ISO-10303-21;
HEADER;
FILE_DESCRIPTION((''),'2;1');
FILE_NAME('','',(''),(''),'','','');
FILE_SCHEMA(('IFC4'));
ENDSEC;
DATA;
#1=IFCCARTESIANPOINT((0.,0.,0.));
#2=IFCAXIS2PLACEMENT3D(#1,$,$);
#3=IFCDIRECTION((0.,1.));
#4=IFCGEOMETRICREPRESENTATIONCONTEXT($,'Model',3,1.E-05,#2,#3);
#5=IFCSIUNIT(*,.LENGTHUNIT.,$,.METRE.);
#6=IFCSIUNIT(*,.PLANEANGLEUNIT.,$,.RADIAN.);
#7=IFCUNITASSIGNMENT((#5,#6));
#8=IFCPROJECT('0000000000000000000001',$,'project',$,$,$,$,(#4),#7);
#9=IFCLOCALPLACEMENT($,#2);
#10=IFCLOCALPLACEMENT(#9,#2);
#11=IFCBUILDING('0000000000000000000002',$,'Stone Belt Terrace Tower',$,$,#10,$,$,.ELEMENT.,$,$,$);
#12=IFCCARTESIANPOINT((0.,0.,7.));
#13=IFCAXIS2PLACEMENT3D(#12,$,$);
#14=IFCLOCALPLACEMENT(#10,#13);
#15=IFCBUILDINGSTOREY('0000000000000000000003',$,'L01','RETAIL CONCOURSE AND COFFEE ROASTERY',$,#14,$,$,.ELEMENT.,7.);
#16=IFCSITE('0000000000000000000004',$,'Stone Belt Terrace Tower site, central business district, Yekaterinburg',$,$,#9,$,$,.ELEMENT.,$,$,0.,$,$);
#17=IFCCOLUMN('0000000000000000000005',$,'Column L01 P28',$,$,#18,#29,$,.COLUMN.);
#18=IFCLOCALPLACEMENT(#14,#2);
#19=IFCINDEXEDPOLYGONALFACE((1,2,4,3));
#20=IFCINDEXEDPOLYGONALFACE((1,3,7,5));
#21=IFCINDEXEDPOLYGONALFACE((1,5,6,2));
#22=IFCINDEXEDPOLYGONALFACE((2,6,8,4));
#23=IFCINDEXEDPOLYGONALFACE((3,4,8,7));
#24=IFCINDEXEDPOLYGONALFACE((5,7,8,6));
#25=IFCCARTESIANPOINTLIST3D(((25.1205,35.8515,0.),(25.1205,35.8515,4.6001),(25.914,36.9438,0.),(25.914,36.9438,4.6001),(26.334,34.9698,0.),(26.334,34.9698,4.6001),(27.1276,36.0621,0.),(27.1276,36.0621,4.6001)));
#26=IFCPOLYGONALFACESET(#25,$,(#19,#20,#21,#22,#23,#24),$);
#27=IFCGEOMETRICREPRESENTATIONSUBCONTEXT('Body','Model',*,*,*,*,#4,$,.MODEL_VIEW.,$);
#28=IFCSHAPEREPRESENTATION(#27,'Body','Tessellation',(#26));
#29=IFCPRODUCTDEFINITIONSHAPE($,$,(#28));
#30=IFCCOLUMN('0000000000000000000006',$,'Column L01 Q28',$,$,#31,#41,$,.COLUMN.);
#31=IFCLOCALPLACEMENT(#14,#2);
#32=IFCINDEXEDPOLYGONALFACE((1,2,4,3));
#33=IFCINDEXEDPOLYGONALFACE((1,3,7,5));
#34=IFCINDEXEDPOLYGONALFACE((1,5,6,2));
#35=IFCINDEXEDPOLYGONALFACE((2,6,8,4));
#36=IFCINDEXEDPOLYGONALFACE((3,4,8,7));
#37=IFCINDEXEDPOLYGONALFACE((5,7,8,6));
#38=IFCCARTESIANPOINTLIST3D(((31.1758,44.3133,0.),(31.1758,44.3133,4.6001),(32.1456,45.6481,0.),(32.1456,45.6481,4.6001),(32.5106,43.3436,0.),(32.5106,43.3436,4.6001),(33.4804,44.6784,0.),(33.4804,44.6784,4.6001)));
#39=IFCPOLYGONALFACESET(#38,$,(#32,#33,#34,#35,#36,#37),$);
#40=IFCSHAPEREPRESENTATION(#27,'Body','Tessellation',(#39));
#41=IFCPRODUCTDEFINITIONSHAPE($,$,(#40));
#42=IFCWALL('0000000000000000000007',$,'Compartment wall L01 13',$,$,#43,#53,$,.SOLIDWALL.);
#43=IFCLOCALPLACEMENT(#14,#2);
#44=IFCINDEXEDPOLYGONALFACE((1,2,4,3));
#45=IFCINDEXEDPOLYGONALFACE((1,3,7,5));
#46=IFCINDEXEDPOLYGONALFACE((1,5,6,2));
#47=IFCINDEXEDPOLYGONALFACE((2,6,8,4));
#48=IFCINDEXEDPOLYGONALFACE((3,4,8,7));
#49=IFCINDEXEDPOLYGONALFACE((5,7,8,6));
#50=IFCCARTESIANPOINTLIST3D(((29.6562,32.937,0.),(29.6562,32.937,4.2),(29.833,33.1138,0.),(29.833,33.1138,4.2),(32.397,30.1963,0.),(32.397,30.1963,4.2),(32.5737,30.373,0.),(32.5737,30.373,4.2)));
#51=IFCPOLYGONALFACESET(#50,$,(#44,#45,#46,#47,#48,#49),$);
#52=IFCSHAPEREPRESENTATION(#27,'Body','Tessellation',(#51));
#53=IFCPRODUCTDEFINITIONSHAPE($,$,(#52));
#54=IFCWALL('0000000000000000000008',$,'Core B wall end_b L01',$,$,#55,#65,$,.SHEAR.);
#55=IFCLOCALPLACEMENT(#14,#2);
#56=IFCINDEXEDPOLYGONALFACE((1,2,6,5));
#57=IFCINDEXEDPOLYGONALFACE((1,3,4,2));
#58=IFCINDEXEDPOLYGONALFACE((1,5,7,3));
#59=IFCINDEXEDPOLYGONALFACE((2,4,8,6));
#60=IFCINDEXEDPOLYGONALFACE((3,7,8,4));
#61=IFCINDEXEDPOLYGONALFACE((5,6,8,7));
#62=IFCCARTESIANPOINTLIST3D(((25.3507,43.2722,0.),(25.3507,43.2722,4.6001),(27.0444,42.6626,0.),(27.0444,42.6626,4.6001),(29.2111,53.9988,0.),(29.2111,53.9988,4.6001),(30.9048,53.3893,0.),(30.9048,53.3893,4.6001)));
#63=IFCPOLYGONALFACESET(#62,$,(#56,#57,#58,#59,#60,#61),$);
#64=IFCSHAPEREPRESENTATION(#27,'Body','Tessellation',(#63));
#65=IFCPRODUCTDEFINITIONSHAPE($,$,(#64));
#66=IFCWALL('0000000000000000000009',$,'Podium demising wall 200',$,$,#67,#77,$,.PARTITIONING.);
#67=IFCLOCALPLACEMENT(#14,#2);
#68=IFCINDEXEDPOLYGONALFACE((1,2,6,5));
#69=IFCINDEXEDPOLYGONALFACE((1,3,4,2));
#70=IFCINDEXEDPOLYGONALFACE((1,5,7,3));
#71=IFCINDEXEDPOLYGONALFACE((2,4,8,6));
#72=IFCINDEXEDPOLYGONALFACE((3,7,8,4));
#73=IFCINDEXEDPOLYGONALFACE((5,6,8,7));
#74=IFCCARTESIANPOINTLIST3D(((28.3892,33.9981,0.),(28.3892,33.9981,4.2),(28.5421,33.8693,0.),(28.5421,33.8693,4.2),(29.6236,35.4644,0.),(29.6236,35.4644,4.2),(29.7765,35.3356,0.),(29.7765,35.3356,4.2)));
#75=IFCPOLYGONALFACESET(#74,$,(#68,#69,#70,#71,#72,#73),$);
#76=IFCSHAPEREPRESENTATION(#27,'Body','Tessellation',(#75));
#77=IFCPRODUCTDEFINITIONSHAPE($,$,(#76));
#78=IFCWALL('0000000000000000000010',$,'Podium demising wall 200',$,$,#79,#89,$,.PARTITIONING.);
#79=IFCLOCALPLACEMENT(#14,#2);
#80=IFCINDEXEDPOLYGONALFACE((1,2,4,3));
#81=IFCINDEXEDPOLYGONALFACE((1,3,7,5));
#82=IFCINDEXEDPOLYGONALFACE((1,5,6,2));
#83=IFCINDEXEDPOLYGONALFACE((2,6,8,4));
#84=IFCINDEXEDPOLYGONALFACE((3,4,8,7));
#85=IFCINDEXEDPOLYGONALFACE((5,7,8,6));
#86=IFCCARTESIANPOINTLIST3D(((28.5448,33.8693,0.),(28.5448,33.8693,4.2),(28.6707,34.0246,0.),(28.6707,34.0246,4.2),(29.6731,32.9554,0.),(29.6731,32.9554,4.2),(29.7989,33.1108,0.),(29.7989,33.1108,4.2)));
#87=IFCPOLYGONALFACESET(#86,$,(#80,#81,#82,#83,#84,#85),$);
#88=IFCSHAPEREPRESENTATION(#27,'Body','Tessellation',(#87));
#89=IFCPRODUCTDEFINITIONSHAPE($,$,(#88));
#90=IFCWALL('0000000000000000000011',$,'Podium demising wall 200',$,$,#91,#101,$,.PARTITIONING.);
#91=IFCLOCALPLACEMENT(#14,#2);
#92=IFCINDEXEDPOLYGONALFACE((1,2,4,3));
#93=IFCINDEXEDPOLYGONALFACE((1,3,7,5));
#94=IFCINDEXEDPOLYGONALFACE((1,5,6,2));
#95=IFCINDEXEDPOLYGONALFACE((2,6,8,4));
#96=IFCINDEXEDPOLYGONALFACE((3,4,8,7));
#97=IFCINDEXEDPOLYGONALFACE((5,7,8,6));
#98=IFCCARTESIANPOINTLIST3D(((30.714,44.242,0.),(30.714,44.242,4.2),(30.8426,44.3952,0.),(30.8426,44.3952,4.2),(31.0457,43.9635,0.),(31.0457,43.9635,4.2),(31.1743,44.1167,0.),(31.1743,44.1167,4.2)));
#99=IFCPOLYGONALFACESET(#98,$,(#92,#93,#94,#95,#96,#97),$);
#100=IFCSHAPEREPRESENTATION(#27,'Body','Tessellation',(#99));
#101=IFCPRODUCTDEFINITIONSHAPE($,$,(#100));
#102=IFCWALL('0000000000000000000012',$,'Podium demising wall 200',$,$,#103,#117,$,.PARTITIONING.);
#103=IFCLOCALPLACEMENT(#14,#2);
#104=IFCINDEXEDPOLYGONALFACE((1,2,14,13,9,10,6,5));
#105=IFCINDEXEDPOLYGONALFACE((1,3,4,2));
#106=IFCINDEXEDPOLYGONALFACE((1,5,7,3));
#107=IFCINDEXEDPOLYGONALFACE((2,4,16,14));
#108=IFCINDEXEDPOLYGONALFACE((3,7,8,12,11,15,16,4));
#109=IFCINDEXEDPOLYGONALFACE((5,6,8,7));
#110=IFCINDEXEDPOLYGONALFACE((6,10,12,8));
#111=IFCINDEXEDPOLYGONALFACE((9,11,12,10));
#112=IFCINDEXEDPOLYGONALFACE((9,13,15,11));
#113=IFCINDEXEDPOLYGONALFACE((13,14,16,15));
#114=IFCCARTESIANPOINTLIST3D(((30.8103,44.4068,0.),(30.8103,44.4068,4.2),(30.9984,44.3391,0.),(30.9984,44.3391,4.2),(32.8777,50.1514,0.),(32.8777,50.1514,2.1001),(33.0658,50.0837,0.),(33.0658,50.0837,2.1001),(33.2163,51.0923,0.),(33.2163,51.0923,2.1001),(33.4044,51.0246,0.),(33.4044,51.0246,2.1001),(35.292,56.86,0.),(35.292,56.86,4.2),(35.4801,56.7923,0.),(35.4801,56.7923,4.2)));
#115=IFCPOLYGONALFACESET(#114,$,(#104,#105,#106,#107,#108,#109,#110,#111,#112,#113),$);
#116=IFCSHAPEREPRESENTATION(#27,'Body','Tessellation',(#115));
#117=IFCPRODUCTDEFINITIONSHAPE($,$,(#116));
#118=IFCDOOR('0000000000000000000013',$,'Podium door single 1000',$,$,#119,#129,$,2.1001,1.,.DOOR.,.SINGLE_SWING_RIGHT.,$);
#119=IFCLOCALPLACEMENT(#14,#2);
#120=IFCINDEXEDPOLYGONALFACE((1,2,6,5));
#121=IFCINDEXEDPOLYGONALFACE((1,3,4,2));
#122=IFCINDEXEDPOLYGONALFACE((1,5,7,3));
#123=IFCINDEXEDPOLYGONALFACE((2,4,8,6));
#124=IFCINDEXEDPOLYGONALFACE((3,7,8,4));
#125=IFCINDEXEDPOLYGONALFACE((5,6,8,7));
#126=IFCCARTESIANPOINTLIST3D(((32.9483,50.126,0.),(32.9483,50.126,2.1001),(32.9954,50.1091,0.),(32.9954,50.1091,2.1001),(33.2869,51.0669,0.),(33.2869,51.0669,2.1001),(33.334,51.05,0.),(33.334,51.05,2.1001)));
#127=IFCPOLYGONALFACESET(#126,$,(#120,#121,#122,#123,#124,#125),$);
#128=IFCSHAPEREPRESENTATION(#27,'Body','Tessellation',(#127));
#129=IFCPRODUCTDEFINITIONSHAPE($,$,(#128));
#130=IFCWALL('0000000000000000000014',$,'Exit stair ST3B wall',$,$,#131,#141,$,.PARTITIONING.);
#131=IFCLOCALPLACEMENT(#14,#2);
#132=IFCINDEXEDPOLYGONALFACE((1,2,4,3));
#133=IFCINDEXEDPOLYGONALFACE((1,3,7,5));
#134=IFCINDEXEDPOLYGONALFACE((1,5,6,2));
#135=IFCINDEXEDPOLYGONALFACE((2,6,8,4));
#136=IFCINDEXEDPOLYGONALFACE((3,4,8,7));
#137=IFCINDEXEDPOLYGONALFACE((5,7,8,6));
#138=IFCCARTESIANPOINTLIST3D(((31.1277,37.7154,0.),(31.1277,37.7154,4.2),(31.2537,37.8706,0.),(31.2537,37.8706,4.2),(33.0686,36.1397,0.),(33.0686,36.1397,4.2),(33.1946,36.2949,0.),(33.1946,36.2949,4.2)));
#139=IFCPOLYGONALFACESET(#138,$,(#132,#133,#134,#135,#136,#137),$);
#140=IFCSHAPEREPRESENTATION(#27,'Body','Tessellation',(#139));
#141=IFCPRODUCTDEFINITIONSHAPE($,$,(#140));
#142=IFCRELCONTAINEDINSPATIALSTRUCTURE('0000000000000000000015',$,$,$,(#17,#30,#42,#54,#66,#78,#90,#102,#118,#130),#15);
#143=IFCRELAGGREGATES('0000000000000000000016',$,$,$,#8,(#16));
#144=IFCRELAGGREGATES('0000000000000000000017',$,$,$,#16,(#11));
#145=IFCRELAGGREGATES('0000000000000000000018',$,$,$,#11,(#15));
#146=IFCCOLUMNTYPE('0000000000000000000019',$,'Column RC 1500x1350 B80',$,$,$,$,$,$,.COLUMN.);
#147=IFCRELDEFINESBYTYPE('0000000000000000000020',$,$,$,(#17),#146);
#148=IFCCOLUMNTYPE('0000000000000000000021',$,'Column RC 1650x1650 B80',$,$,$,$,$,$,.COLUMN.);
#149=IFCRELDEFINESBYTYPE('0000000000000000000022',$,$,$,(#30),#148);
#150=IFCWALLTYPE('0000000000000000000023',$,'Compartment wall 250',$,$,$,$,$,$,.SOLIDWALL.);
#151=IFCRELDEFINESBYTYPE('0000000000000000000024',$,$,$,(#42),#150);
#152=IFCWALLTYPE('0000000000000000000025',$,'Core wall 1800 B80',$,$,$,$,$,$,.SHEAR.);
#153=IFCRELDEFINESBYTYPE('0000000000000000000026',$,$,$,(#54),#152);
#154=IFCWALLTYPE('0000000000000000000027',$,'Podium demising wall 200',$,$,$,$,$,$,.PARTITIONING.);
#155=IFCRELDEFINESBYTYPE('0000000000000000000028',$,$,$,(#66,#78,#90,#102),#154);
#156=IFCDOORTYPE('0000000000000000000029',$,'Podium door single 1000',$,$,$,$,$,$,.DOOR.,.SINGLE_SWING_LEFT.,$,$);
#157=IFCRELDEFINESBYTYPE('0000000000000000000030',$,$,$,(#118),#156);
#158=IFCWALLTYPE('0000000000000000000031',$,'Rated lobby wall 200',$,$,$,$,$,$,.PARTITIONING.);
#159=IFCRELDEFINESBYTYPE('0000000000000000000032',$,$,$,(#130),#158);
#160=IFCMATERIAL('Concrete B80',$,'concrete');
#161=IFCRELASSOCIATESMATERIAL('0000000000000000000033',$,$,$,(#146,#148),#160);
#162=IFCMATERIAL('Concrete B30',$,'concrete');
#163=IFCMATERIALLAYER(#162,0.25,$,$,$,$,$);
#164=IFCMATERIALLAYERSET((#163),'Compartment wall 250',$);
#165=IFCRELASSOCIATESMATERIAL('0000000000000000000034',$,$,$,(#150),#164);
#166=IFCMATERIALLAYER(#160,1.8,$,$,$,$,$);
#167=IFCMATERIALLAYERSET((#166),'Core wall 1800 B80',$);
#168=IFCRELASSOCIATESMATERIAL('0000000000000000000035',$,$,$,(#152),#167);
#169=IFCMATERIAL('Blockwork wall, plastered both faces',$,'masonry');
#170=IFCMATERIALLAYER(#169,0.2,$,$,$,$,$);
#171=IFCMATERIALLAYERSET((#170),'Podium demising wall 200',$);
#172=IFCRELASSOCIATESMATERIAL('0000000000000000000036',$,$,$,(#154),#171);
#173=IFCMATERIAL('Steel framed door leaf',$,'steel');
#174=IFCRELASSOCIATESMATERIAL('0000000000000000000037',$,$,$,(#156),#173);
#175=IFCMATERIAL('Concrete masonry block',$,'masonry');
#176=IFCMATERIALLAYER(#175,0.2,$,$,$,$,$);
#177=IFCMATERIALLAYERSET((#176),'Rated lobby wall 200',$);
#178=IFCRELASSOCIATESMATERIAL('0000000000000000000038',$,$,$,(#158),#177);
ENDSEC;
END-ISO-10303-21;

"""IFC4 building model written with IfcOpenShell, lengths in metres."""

from ifc_helpers import new_model, si_unit, direction, frame, frame_2d, origin, origin_2d, place, context, subcontext, project, spatial, rectangle, extrude, material, layer, layer_set, material_profile, profile_set, type_object, element, fill, save


model = new_model("IFC4")

# Units and contexts
model_context = context("Model", 3, precision=1e-05, world=origin(), true_north=direction((0.0, 1.0)))
body_context = subcontext(model_context, "Body", "Model", "MODEL_VIEW")
ifc_project = project(units=[si_unit("LENGTHUNIT", "METRE"), si_unit("PLANEANGLEUNIT", "RADIAN")], contexts=[model_context])

# Site, building, storey
site_placement = place(None, origin())
site = spatial("IfcSite", under=ifc_project, at=site_placement, Name="Stone Belt Terrace Tower site, central business district, Yekaterinburg", CompositionType="ELEMENT", RefElevation=0.0)
building_placement = place(site_placement, origin())
building = spatial("IfcBuilding", under=site, at=building_placement, Name="Stone Belt Terrace Tower", CompositionType="ELEMENT")
storey_placement = place(building_placement, frame((0.0, 0.0, 7.0)))
storey = spatial("IfcBuildingStorey", under=building, at=storey_placement, Name="L01", Description="RETAIL CONCOURSE AND COFFEE ROASTERY", CompositionType="ELEMENT", Elevation=7.0)

# Columns
ifc_material_1 = material(Name="Concrete B80", Category="concrete")
ifc_material_profile_1 = material_profile(ifc_material_1, rectangle(XDim=1.5, YDim=1.3501, at=origin_2d()), Name="RC 1500x1350")
ifc_profile_set_1 = profile_set([ifc_material_profile_1], Name="Concrete B80")
column_type_1 = type_object("IfcColumnType", Name="Column RC 1500x1350 B80", PredefinedType="COLUMN", material=ifc_profile_set_1)
column_1_placement = place(storey_placement, frame((26.124, 35.9568, 0.0), z_axis=(0.0, 0.0, 1.0), x_axis=(0.809017, -0.587785, 0.0)))
element("IfcColumn", 1, at=column_1_placement, inside=storey, type_object=column_type_1, Name="Column L01 P28", PredefinedType="COLUMN", context=body_context, shape_type="SweptSolid", body=[
    extrude(rectangle(XDim=1.5, YDim=1.3501, at=origin_2d()), origin(), (0.0, 0.0, 1.0), 4.6001),
])
ifc_material_profile_2 = material_profile(ifc_material_1, rectangle(XDim=1.6499, YDim=1.6499, at=origin_2d()), Name="RC 1650x1650")
ifc_profile_set_2 = profile_set([ifc_material_profile_2], Name="Concrete B80")
column_type_2 = type_object("IfcColumnType", Name="Column RC 1650x1650 B80", PredefinedType="COLUMN", material=ifc_profile_set_2)
column_2_placement = place(storey_placement, frame((32.3281, 44.4958, 0.0), z_axis=(0.0, 0.0, 1.0), x_axis=(0.809017, -0.587785, 0.0)))
element("IfcColumn", 2, at=column_2_placement, inside=storey, type_object=column_type_2, Name="Column L01 Q28", PredefinedType="COLUMN", context=body_context, shape_type="SweptSolid", body=[
    extrude(rectangle(XDim=1.6499, YDim=1.6499, at=origin_2d()), origin(), (0.0, 0.0, 1.0), 4.6001),
])

# Walls
ifc_material_2 = material(Name="Concrete B30", Category="concrete")
ifc_layer_1 = layer(ifc_material_2, 0.25)
ifc_layer_set_1 = layer_set([ifc_layer_1], Name="Compartment wall 250")
wall_type_1 = type_object("IfcWallType", Name="Compartment wall 250", PredefinedType="SOLIDWALL", material=ifc_layer_set_1)
wall_1_placement = place(storey_placement, frame((29.7446, 33.0254, 0.0), z_axis=(0.0, 0.0, 1.0), x_axis=(0.707107, -0.707107, 0.0)))
element("IfcWall", 3, at=wall_1_placement, inside=storey, type_object=wall_type_1, Name="Compartment wall L01 13", PredefinedType="SOLIDWALL", context=body_context, shape_type="SweptSolid", body=[
    extrude(rectangle(XDim=3.876, YDim=0.25, at=frame_2d((1.938, 0.0))), origin(), (0.0, 0.0, 1.0), 4.2),
])
ifc_layer_2 = layer(ifc_material_1, 1.8)
ifc_layer_set_2 = layer_set([ifc_layer_2], Name="Core wall 1800 B80")
wall_type_2 = type_object("IfcWallType", Name="Core wall 1800 B80", PredefinedType="SHEAR", material=ifc_layer_set_2)
wall_2_placement = place(storey_placement, frame((26.1975, 42.9673, 0.0), z_axis=(0.0, 0.0, 1.0), x_axis=(0.338625, 0.940921, 0.0)))
element("IfcWall", 4, at=wall_2_placement, inside=storey, type_object=wall_type_2, Name="Core B wall end_b L01", PredefinedType="SHEAR", context=body_context, shape_type="SweptSolid", body=[
    extrude(rectangle(XDim=11.4001, YDim=1.8, at=frame_2d((5.7002, 0.0))), origin(), (0.0, 0.0, 1.0), 4.6001),
])
ifc_material_3 = material(Name="Blockwork wall, plastered both faces", Category="masonry")
ifc_layer_3 = layer(ifc_material_3, 0.2)
ifc_layer_set_3 = layer_set([ifc_layer_3], Name="Podium demising wall 200")
wall_type_3 = type_object("IfcWallType", Name="Podium demising wall 200", PredefinedType="PARTITIONING", material=ifc_layer_set_3)
wall_3_placement = place(storey_placement, frame((28.4656, 33.9336, 0.0), z_axis=(0.0, 0.0, 1.0), x_axis=(0.64401, 0.765017, 0.0)))
element("IfcWall", 5, at=wall_3_placement, inside=storey, type_object=wall_type_3, Name="Podium demising wall 200", PredefinedType="PARTITIONING", context=body_context, shape_type="SweptSolid", body=[
    extrude(rectangle(XDim=1.9167, YDim=0.2, at=frame_2d((0.9585, 0.0))), origin(), (0.0, 0.0, 1.0), 4.2),
])
wall_4_placement = place(storey_placement, frame((28.6077, 33.947, 0.0), z_axis=(0.0, 0.0, 1.0), x_axis=(0.777065, -0.629421, 0.0)))
element("IfcWall", 6, at=wall_4_placement, inside=storey, type_object=wall_type_3, Name="Podium demising wall 200", PredefinedType="PARTITIONING", context=body_context, shape_type="SweptSolid", body=[
    extrude(rectangle(XDim=1.4519, YDim=0.2, at=frame_2d((0.7261, 0.0))), origin(), (0.0, 0.0, 1.0), 4.2),
])
wall_5_placement = place(storey_placement, frame((30.7783, 44.3186, 0.0), z_axis=(0.0, 0.0, 1.0), x_axis=(0.76586, -0.643007, 0.0)))
element("IfcWall", 7, at=wall_5_placement, inside=storey, type_object=wall_type_3, Name="Podium demising wall 200", PredefinedType="PARTITIONING", context=body_context, shape_type="SweptSolid", body=[
    extrude(rectangle(XDim=0.4331, YDim=0.2, at=frame_2d((0.2166, 0.0))), origin(), (0.0, 0.0, 1.0), 4.2),
])

# Wall, opening, door
wall_6_placement = place(storey_placement, frame((30.9043, 44.3728, 0.0), z_axis=(0.0, 0.0, 1.0), x_axis=(0.338623, 0.940922, 0.0)))
wall_6 = element("IfcWall", 8, at=wall_6_placement, inside=storey, type_object=wall_type_3, Name="Podium demising wall 200", PredefinedType="PARTITIONING", context=body_context, shape_type="SweptSolid", body=[
    extrude(rectangle(XDim=13.2351, YDim=0.2, at=frame_2d((6.6177, 0.0))), origin(), (0.0, 0.0, 1.0), 4.2),
])
opening_1_placement = place(wall_6_placement, frame((6.1055, 0.0, 0.0)))
opening_1 = element("IfcOpeningElement", 9, at=opening_1_placement, cuts=wall_6, PredefinedType="OPENING", context=body_context, shape_type="SweptSolid", body=[
    extrude(rectangle(XDim=1.0, YDim=2.1001, at=frame_2d((0.5, 1.05))), frame((0.0, 0.1099, 0.0), z_axis=(0.0, -1.0, 0.0), x_axis=(1.0, 0.0, 0.0)), (0.0, 0.0, 1.0), 0.22),
])
ifc_material_4 = material(Name="Steel framed door leaf", Category="steel")
door_type_1 = type_object("IfcDoorType", Name="Podium door single 1000", OperationType="SINGLE_SWING_LEFT", PredefinedType="DOOR", material=ifc_material_4)
door_1_placement = place(opening_1_placement, origin())
door_1 = element("IfcDoor", 10, at=door_1_placement, inside=storey, type_object=door_type_1, Name="Podium door single 1000", OperationType="SINGLE_SWING_RIGHT", OverallHeight=2.1001, OverallWidth=1.0, PredefinedType="DOOR", context=body_context, shape_type="SweptSolid", body=[
    extrude(rectangle(XDim=1.0, YDim=2.1001, at=frame_2d((0.5, 1.05))), frame((0.0, 0.0249, 0.0), z_axis=(0.0, -1.0, 0.0), x_axis=(1.0, 0.0, 0.0)), (0.0, 0.0, 1.0), 0.05),
])
fill(opening_1, door_1)

# Wall
ifc_material_5 = material(Name="Concrete masonry block", Category="masonry")
ifc_layer_4 = layer(ifc_material_5, 0.2)
ifc_layer_set_4 = layer_set([ifc_layer_4], Name="Rated lobby wall 200")
wall_type_4 = type_object("IfcWallType", Name="Rated lobby wall 200", PredefinedType="PARTITIONING", material=ifc_layer_set_4)
wall_7_placement = place(storey_placement, frame((31.1907, 37.793, 0.0), z_axis=(0.0, 0.0, 1.0), x_axis=(0.776371, -0.630276, 0.0)))
element("IfcWall", 11, at=wall_7_placement, inside=storey, type_object=wall_type_4, Name="Exit stair ST3B wall", PredefinedType="PARTITIONING", context=body_context, shape_type="SweptSolid", body=[
    extrude(rectangle(XDim=2.5, YDim=0.2, at=frame_2d((1.25, 0.0))), origin(), (0.0, 0.0, 1.0), 4.2),
])

save(model, "model.ifc")
